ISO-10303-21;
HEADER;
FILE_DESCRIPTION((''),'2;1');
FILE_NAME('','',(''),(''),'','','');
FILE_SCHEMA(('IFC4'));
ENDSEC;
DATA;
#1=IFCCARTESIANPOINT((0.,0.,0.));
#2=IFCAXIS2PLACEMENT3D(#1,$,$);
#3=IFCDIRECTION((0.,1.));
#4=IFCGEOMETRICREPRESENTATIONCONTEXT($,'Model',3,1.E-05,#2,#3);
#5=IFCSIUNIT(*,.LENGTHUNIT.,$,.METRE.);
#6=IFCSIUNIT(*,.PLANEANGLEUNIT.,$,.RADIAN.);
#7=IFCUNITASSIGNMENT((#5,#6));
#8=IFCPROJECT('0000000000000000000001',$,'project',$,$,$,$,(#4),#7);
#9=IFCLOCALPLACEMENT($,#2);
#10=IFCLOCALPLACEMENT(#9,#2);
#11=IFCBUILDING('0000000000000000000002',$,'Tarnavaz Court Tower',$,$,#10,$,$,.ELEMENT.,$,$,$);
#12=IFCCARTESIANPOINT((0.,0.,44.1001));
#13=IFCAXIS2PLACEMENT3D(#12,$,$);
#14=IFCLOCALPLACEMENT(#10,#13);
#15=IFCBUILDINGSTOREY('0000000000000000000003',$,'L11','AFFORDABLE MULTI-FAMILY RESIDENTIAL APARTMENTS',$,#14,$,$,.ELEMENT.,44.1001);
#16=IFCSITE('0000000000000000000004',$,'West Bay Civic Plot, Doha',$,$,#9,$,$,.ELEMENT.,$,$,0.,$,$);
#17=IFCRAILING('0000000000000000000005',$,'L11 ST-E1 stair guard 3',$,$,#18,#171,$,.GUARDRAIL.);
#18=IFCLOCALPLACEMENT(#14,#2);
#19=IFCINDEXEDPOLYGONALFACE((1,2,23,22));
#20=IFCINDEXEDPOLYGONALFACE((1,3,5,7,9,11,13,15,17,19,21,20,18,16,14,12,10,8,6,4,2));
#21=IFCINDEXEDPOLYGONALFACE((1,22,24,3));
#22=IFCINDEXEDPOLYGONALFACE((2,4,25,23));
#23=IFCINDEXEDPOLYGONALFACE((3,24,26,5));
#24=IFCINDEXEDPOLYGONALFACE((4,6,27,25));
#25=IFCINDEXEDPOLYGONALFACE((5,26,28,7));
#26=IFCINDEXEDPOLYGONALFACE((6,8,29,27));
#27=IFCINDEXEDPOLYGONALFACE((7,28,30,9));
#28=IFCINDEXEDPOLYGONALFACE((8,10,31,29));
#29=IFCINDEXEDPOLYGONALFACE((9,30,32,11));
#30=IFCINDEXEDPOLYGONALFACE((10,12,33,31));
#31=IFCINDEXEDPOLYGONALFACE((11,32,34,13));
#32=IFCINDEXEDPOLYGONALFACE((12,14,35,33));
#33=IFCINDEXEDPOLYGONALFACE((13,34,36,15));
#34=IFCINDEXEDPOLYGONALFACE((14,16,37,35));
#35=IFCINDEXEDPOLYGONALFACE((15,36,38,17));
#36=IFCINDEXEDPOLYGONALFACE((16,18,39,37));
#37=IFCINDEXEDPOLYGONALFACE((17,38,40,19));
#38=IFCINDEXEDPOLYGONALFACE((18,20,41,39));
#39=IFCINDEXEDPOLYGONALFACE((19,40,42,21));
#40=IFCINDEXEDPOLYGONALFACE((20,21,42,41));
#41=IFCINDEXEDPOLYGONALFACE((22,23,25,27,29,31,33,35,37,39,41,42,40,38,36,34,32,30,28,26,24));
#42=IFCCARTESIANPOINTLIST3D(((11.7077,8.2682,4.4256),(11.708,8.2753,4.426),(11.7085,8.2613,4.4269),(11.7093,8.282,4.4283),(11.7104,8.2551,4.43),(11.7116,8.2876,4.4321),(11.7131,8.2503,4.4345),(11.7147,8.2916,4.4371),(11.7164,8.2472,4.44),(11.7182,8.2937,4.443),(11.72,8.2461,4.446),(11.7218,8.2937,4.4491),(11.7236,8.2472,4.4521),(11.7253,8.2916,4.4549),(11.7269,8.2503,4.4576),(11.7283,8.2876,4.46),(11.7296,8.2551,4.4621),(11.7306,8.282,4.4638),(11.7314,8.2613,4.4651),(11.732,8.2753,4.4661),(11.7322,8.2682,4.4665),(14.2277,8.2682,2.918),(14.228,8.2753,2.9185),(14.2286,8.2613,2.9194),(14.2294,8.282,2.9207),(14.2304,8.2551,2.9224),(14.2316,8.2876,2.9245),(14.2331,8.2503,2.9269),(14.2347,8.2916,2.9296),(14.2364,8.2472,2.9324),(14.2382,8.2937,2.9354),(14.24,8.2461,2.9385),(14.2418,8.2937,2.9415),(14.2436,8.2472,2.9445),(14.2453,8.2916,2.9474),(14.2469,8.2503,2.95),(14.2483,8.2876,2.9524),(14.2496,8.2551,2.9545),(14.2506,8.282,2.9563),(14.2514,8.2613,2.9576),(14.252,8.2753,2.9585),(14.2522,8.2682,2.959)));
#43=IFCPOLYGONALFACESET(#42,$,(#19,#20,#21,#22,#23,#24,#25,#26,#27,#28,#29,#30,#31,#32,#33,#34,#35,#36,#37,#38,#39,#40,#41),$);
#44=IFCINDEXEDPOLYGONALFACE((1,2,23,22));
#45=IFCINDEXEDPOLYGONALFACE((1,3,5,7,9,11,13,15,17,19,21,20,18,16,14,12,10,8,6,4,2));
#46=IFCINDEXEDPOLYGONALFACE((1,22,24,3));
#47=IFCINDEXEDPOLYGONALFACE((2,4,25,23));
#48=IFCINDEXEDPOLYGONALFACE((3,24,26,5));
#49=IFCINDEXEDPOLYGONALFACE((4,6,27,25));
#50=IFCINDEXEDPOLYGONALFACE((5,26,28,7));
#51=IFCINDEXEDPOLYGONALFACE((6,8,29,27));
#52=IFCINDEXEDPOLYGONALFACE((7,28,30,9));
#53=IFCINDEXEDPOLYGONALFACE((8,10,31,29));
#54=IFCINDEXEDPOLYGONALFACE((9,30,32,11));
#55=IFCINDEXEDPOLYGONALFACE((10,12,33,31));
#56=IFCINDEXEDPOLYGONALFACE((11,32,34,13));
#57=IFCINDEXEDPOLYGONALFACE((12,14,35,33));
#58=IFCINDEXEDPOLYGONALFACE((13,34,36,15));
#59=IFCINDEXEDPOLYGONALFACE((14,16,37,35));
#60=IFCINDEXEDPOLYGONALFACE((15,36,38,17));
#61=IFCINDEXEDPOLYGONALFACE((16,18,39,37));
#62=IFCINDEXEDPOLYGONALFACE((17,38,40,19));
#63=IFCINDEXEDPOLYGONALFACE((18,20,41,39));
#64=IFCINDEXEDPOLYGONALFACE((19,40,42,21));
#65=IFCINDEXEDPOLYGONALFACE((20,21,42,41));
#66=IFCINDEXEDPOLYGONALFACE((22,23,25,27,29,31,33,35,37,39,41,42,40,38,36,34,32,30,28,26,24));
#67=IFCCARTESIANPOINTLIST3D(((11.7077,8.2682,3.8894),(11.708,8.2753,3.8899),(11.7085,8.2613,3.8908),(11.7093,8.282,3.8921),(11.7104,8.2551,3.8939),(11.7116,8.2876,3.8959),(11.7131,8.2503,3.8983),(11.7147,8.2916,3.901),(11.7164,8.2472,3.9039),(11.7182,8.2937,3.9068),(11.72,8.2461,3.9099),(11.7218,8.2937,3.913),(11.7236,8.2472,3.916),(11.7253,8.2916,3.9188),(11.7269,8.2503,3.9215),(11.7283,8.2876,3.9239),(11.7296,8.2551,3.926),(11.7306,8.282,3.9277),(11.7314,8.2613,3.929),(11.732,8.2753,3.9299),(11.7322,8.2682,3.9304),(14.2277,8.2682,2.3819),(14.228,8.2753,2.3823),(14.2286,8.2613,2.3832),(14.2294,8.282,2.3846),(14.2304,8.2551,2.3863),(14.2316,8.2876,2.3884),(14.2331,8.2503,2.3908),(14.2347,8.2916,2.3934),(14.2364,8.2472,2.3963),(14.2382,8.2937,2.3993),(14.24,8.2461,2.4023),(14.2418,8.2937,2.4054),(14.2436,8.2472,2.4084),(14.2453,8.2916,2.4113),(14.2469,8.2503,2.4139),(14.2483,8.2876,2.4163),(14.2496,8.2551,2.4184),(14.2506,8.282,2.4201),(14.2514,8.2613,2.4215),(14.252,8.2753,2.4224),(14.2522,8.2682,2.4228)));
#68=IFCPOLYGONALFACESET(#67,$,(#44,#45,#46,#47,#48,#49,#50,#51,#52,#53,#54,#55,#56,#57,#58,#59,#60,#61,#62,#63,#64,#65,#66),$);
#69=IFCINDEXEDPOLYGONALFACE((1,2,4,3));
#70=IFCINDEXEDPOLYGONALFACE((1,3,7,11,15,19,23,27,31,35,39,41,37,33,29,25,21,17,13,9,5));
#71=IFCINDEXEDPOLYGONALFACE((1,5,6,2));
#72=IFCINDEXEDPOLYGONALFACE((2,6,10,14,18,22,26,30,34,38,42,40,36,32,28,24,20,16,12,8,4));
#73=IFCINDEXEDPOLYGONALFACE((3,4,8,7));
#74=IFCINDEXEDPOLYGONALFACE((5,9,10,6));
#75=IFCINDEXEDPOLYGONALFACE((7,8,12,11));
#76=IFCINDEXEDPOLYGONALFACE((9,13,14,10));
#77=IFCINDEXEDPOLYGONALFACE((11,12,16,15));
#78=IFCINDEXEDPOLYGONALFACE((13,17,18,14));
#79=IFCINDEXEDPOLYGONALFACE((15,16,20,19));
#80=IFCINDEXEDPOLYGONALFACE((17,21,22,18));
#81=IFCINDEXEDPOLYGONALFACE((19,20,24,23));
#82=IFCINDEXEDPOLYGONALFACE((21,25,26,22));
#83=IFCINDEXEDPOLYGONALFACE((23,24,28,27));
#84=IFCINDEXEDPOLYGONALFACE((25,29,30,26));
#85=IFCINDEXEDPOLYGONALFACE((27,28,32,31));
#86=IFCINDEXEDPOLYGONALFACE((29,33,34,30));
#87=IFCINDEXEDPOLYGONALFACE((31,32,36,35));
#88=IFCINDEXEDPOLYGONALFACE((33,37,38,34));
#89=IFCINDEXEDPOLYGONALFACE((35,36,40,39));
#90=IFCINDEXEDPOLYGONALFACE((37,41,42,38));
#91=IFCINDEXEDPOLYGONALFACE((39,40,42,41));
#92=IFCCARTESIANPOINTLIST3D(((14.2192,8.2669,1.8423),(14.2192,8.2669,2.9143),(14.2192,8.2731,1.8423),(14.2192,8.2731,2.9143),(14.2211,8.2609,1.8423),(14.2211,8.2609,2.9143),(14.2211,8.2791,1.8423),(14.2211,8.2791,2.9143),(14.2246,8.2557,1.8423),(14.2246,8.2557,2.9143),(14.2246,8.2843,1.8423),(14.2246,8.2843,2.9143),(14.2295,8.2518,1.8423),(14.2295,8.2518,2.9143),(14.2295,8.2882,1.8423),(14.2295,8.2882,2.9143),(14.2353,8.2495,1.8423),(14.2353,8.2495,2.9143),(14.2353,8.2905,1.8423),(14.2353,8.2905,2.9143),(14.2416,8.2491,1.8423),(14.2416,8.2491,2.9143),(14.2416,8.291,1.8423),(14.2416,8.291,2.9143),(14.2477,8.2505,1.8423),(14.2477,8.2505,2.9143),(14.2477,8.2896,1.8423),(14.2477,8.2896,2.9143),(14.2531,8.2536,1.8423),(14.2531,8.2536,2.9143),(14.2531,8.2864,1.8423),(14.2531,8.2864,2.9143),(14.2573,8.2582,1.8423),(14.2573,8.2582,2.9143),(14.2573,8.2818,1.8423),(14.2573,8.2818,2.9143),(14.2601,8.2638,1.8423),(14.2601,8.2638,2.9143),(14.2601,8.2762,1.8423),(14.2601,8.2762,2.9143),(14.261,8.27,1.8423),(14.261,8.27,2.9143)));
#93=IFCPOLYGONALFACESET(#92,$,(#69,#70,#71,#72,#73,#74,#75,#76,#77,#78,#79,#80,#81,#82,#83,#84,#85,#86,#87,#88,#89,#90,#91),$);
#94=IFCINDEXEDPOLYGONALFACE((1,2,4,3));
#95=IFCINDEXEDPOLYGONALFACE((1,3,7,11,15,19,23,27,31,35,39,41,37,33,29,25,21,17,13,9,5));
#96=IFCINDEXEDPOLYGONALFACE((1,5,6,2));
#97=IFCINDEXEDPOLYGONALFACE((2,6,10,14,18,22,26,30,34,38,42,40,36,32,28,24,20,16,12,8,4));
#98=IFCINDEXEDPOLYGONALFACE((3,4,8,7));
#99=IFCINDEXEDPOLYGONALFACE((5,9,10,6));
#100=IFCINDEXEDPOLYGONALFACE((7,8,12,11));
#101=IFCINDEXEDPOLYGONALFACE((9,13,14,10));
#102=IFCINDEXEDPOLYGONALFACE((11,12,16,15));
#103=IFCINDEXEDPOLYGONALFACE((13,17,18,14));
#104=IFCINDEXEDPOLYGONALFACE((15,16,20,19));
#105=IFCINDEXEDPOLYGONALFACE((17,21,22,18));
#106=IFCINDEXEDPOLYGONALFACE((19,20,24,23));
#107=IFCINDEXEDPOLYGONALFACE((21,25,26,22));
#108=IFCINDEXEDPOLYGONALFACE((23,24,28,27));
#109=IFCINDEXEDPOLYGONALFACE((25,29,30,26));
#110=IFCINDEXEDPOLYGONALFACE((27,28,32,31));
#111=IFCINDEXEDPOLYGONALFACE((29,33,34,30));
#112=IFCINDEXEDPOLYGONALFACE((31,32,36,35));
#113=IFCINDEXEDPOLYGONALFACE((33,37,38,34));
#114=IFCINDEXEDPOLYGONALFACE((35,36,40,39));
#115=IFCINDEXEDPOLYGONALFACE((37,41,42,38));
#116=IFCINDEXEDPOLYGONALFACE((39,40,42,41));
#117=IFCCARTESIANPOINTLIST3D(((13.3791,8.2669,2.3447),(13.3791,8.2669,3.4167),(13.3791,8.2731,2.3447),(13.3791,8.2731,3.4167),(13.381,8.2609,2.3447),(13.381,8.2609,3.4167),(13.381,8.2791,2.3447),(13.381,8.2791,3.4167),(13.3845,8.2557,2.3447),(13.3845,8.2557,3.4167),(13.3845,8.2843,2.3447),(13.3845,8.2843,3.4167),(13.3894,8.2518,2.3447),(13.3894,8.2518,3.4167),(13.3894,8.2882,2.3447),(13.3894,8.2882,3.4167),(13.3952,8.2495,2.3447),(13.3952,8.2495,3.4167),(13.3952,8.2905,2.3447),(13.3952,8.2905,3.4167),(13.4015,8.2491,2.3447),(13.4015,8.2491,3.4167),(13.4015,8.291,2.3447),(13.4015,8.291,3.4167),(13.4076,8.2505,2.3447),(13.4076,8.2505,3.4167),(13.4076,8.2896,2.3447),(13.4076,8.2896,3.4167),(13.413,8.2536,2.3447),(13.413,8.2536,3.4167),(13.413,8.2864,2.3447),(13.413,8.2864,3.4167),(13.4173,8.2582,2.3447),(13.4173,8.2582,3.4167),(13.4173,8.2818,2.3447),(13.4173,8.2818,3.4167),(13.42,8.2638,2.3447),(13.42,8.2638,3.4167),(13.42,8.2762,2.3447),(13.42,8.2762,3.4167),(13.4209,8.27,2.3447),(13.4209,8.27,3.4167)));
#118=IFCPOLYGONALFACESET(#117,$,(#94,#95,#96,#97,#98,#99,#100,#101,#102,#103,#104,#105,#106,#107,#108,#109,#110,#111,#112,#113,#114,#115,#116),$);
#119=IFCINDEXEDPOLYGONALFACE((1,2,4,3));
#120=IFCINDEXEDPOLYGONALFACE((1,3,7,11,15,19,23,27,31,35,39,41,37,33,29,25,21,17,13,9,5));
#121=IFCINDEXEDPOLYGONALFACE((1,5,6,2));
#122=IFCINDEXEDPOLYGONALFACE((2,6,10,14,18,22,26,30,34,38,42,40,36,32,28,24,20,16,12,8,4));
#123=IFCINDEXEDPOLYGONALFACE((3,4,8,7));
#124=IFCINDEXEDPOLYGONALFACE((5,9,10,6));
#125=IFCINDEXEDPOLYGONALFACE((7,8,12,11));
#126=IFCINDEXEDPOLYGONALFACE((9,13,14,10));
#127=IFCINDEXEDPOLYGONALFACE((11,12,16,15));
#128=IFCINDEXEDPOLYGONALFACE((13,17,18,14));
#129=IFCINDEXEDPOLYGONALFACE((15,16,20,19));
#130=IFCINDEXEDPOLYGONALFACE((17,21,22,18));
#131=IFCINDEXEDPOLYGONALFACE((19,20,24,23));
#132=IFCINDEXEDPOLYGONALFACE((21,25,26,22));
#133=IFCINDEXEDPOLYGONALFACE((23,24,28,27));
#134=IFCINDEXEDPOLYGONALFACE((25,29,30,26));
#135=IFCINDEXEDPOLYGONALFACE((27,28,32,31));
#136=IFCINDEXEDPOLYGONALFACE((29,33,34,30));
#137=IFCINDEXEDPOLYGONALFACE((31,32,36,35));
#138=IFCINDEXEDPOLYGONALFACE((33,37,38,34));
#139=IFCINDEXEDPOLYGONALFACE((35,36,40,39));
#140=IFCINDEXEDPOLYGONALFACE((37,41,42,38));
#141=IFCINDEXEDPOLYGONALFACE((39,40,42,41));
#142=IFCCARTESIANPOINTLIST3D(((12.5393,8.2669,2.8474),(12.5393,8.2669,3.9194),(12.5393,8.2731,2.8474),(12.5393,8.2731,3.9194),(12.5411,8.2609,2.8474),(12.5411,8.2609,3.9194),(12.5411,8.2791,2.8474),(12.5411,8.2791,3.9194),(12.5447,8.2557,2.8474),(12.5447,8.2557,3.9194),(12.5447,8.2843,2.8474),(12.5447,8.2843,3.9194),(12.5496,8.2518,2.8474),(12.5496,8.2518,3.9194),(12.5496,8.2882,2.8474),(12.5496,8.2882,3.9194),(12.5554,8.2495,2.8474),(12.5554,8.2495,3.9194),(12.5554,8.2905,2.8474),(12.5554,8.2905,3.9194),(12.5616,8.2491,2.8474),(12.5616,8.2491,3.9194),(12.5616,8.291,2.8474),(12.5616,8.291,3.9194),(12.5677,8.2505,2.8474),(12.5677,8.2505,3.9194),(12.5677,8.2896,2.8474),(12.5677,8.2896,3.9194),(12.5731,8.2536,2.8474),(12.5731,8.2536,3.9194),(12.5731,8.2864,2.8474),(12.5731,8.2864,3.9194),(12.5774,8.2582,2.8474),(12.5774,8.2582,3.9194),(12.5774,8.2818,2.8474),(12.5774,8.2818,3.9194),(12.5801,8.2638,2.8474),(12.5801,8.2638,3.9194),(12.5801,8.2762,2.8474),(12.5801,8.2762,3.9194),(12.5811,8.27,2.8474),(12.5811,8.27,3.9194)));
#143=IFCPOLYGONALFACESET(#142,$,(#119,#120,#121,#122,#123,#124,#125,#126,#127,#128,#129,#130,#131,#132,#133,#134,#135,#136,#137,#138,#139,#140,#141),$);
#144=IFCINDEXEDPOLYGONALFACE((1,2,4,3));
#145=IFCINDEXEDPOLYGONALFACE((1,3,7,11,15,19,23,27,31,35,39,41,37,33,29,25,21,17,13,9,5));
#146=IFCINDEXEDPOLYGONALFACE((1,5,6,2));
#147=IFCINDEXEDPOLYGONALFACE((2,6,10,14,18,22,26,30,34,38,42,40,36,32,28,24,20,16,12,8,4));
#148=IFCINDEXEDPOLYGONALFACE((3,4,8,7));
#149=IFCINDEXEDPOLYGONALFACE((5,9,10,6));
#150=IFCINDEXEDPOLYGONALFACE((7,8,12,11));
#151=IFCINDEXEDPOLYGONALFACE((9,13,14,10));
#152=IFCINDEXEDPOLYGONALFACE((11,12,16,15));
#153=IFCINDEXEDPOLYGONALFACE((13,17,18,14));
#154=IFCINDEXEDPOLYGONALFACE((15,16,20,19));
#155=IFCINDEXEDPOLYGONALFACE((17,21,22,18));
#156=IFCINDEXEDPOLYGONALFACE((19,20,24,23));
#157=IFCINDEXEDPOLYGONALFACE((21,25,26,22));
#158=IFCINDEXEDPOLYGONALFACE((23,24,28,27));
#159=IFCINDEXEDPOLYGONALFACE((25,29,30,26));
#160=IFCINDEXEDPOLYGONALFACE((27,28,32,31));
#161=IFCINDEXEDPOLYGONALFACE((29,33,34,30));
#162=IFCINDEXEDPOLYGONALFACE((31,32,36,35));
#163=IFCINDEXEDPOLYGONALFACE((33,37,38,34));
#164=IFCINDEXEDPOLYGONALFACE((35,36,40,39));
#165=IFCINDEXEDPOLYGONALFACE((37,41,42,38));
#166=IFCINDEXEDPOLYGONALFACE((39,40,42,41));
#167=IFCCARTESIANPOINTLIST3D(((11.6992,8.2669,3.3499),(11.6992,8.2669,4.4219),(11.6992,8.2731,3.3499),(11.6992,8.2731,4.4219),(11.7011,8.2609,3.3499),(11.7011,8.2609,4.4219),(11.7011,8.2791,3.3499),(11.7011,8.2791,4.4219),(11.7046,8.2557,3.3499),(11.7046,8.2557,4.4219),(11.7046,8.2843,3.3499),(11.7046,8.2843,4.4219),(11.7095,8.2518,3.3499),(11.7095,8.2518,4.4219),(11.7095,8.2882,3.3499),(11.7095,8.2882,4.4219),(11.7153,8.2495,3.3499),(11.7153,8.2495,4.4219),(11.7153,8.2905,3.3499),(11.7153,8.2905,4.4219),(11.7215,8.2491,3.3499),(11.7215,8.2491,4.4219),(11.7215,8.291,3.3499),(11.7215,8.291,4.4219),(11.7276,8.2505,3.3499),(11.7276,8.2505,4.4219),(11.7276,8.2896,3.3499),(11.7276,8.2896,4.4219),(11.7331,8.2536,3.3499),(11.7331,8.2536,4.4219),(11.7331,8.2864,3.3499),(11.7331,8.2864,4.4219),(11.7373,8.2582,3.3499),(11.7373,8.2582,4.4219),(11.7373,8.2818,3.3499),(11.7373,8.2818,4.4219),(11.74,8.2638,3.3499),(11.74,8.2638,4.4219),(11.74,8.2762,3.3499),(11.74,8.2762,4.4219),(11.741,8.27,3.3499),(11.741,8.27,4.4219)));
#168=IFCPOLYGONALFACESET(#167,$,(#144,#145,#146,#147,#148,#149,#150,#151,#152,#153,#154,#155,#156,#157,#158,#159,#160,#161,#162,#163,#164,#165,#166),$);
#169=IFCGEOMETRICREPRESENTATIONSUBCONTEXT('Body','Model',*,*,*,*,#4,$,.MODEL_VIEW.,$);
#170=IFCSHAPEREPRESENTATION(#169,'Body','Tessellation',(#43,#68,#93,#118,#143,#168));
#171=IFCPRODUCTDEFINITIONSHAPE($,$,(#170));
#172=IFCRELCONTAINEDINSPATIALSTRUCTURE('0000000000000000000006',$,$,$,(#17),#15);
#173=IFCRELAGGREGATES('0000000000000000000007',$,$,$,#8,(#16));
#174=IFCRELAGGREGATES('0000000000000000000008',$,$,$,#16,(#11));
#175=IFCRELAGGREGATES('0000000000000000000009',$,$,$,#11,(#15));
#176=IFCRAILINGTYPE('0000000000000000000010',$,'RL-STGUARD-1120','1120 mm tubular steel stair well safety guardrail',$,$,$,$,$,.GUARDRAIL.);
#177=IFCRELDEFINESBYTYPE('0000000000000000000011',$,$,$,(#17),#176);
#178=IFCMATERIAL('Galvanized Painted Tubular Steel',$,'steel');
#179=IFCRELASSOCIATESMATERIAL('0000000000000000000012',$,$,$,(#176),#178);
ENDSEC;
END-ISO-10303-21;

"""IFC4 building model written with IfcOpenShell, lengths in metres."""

from ifc_helpers import new_model, si_unit, direction, frame, origin, origin_2d, place, context, subcontext, project, spatial, circle, extrude, material, type_object, element, save


model = new_model("IFC4")

# Units and contexts
model_context = context("Model", 3, precision=1e-05, world=origin(), true_north=direction((0.0, 1.0)))
body_context = subcontext(model_context, "Body", "Model", "MODEL_VIEW")
ifc_project = project(units=[si_unit("LENGTHUNIT", "METRE"), si_unit("PLANEANGLEUNIT", "RADIAN")], contexts=[model_context])

# Site, building, storey
site_placement = place(None, origin())
site = spatial("IfcSite", under=ifc_project, at=site_placement, Name="West Bay Civic Plot, Doha", CompositionType="ELEMENT", RefElevation=0.0)
building_placement = place(site_placement, origin())
building = spatial("IfcBuilding", under=site, at=building_placement, Name="Tarnavaz Court Tower", CompositionType="ELEMENT")
storey_placement = place(building_placement, frame((0.0, 0.0, 44.1001)))
storey = spatial("IfcBuildingStorey", under=building, at=storey_placement, Name="L11", Description="AFFORDABLE MULTI-FAMILY RESIDENTIAL APARTMENTS", CompositionType="ELEMENT", Elevation=44.1001)

# Railing
ifc_material_1 = material(Name="Galvanized Painted Tubular Steel", Category="steel")
railing_type_1 = type_object("IfcRailingType", Name="RL-STGUARD-1120", Description="1120 mm tubular steel stair well safety guardrail", PredefinedType="GUARDRAIL", material=ifc_material_1)
railing_1_placement = place(storey_placement, frame((14.24, 8.27, 1.8423)))
element("IfcRailing", 1, at=railing_1_placement, inside=storey, type_object=railing_type_1, Name="L11 ST-E1 stair guard 3", PredefinedType="GUARDRAIL", context=body_context, shape_type="SweptSolid", body=[
    extrude(circle(Radius=0.0239, at=origin_2d()), frame((0.0, 0.0, 1.0962), z_axis=(-0.85816, 0.0, 0.513383), x_axis=(0.0, -1.0, 0.0)), (0.0, 0.0, 1.0), 2.9365),
    extrude(circle(Radius=0.0239, at=origin_2d()), frame((0.0, 0.0, 0.5601), z_axis=(-0.85816, 0.0, 0.513383), x_axis=(0.0, -1.0, 0.0)), (0.0, 0.0, 1.0), 2.9365),
    extrude(circle(Radius=0.021, at=origin_2d()), origin(), (0.0, 0.0, 1.0), 1.072),
    extrude(circle(Radius=0.021, at=origin_2d()), frame((-0.8401, 0.0, 0.5024)), (0.0, 0.0, 1.0), 1.072),
    extrude(circle(Radius=0.021, at=origin_2d()), frame((-1.6799, 0.0, 1.0051)), (0.0, 0.0, 1.0), 1.072),
    extrude(circle(Radius=0.021, at=origin_2d()), frame((-2.52, 0.0, 1.5076)), (0.0, 0.0, 1.0), 1.072),
])

save(model, "model.ifc")
